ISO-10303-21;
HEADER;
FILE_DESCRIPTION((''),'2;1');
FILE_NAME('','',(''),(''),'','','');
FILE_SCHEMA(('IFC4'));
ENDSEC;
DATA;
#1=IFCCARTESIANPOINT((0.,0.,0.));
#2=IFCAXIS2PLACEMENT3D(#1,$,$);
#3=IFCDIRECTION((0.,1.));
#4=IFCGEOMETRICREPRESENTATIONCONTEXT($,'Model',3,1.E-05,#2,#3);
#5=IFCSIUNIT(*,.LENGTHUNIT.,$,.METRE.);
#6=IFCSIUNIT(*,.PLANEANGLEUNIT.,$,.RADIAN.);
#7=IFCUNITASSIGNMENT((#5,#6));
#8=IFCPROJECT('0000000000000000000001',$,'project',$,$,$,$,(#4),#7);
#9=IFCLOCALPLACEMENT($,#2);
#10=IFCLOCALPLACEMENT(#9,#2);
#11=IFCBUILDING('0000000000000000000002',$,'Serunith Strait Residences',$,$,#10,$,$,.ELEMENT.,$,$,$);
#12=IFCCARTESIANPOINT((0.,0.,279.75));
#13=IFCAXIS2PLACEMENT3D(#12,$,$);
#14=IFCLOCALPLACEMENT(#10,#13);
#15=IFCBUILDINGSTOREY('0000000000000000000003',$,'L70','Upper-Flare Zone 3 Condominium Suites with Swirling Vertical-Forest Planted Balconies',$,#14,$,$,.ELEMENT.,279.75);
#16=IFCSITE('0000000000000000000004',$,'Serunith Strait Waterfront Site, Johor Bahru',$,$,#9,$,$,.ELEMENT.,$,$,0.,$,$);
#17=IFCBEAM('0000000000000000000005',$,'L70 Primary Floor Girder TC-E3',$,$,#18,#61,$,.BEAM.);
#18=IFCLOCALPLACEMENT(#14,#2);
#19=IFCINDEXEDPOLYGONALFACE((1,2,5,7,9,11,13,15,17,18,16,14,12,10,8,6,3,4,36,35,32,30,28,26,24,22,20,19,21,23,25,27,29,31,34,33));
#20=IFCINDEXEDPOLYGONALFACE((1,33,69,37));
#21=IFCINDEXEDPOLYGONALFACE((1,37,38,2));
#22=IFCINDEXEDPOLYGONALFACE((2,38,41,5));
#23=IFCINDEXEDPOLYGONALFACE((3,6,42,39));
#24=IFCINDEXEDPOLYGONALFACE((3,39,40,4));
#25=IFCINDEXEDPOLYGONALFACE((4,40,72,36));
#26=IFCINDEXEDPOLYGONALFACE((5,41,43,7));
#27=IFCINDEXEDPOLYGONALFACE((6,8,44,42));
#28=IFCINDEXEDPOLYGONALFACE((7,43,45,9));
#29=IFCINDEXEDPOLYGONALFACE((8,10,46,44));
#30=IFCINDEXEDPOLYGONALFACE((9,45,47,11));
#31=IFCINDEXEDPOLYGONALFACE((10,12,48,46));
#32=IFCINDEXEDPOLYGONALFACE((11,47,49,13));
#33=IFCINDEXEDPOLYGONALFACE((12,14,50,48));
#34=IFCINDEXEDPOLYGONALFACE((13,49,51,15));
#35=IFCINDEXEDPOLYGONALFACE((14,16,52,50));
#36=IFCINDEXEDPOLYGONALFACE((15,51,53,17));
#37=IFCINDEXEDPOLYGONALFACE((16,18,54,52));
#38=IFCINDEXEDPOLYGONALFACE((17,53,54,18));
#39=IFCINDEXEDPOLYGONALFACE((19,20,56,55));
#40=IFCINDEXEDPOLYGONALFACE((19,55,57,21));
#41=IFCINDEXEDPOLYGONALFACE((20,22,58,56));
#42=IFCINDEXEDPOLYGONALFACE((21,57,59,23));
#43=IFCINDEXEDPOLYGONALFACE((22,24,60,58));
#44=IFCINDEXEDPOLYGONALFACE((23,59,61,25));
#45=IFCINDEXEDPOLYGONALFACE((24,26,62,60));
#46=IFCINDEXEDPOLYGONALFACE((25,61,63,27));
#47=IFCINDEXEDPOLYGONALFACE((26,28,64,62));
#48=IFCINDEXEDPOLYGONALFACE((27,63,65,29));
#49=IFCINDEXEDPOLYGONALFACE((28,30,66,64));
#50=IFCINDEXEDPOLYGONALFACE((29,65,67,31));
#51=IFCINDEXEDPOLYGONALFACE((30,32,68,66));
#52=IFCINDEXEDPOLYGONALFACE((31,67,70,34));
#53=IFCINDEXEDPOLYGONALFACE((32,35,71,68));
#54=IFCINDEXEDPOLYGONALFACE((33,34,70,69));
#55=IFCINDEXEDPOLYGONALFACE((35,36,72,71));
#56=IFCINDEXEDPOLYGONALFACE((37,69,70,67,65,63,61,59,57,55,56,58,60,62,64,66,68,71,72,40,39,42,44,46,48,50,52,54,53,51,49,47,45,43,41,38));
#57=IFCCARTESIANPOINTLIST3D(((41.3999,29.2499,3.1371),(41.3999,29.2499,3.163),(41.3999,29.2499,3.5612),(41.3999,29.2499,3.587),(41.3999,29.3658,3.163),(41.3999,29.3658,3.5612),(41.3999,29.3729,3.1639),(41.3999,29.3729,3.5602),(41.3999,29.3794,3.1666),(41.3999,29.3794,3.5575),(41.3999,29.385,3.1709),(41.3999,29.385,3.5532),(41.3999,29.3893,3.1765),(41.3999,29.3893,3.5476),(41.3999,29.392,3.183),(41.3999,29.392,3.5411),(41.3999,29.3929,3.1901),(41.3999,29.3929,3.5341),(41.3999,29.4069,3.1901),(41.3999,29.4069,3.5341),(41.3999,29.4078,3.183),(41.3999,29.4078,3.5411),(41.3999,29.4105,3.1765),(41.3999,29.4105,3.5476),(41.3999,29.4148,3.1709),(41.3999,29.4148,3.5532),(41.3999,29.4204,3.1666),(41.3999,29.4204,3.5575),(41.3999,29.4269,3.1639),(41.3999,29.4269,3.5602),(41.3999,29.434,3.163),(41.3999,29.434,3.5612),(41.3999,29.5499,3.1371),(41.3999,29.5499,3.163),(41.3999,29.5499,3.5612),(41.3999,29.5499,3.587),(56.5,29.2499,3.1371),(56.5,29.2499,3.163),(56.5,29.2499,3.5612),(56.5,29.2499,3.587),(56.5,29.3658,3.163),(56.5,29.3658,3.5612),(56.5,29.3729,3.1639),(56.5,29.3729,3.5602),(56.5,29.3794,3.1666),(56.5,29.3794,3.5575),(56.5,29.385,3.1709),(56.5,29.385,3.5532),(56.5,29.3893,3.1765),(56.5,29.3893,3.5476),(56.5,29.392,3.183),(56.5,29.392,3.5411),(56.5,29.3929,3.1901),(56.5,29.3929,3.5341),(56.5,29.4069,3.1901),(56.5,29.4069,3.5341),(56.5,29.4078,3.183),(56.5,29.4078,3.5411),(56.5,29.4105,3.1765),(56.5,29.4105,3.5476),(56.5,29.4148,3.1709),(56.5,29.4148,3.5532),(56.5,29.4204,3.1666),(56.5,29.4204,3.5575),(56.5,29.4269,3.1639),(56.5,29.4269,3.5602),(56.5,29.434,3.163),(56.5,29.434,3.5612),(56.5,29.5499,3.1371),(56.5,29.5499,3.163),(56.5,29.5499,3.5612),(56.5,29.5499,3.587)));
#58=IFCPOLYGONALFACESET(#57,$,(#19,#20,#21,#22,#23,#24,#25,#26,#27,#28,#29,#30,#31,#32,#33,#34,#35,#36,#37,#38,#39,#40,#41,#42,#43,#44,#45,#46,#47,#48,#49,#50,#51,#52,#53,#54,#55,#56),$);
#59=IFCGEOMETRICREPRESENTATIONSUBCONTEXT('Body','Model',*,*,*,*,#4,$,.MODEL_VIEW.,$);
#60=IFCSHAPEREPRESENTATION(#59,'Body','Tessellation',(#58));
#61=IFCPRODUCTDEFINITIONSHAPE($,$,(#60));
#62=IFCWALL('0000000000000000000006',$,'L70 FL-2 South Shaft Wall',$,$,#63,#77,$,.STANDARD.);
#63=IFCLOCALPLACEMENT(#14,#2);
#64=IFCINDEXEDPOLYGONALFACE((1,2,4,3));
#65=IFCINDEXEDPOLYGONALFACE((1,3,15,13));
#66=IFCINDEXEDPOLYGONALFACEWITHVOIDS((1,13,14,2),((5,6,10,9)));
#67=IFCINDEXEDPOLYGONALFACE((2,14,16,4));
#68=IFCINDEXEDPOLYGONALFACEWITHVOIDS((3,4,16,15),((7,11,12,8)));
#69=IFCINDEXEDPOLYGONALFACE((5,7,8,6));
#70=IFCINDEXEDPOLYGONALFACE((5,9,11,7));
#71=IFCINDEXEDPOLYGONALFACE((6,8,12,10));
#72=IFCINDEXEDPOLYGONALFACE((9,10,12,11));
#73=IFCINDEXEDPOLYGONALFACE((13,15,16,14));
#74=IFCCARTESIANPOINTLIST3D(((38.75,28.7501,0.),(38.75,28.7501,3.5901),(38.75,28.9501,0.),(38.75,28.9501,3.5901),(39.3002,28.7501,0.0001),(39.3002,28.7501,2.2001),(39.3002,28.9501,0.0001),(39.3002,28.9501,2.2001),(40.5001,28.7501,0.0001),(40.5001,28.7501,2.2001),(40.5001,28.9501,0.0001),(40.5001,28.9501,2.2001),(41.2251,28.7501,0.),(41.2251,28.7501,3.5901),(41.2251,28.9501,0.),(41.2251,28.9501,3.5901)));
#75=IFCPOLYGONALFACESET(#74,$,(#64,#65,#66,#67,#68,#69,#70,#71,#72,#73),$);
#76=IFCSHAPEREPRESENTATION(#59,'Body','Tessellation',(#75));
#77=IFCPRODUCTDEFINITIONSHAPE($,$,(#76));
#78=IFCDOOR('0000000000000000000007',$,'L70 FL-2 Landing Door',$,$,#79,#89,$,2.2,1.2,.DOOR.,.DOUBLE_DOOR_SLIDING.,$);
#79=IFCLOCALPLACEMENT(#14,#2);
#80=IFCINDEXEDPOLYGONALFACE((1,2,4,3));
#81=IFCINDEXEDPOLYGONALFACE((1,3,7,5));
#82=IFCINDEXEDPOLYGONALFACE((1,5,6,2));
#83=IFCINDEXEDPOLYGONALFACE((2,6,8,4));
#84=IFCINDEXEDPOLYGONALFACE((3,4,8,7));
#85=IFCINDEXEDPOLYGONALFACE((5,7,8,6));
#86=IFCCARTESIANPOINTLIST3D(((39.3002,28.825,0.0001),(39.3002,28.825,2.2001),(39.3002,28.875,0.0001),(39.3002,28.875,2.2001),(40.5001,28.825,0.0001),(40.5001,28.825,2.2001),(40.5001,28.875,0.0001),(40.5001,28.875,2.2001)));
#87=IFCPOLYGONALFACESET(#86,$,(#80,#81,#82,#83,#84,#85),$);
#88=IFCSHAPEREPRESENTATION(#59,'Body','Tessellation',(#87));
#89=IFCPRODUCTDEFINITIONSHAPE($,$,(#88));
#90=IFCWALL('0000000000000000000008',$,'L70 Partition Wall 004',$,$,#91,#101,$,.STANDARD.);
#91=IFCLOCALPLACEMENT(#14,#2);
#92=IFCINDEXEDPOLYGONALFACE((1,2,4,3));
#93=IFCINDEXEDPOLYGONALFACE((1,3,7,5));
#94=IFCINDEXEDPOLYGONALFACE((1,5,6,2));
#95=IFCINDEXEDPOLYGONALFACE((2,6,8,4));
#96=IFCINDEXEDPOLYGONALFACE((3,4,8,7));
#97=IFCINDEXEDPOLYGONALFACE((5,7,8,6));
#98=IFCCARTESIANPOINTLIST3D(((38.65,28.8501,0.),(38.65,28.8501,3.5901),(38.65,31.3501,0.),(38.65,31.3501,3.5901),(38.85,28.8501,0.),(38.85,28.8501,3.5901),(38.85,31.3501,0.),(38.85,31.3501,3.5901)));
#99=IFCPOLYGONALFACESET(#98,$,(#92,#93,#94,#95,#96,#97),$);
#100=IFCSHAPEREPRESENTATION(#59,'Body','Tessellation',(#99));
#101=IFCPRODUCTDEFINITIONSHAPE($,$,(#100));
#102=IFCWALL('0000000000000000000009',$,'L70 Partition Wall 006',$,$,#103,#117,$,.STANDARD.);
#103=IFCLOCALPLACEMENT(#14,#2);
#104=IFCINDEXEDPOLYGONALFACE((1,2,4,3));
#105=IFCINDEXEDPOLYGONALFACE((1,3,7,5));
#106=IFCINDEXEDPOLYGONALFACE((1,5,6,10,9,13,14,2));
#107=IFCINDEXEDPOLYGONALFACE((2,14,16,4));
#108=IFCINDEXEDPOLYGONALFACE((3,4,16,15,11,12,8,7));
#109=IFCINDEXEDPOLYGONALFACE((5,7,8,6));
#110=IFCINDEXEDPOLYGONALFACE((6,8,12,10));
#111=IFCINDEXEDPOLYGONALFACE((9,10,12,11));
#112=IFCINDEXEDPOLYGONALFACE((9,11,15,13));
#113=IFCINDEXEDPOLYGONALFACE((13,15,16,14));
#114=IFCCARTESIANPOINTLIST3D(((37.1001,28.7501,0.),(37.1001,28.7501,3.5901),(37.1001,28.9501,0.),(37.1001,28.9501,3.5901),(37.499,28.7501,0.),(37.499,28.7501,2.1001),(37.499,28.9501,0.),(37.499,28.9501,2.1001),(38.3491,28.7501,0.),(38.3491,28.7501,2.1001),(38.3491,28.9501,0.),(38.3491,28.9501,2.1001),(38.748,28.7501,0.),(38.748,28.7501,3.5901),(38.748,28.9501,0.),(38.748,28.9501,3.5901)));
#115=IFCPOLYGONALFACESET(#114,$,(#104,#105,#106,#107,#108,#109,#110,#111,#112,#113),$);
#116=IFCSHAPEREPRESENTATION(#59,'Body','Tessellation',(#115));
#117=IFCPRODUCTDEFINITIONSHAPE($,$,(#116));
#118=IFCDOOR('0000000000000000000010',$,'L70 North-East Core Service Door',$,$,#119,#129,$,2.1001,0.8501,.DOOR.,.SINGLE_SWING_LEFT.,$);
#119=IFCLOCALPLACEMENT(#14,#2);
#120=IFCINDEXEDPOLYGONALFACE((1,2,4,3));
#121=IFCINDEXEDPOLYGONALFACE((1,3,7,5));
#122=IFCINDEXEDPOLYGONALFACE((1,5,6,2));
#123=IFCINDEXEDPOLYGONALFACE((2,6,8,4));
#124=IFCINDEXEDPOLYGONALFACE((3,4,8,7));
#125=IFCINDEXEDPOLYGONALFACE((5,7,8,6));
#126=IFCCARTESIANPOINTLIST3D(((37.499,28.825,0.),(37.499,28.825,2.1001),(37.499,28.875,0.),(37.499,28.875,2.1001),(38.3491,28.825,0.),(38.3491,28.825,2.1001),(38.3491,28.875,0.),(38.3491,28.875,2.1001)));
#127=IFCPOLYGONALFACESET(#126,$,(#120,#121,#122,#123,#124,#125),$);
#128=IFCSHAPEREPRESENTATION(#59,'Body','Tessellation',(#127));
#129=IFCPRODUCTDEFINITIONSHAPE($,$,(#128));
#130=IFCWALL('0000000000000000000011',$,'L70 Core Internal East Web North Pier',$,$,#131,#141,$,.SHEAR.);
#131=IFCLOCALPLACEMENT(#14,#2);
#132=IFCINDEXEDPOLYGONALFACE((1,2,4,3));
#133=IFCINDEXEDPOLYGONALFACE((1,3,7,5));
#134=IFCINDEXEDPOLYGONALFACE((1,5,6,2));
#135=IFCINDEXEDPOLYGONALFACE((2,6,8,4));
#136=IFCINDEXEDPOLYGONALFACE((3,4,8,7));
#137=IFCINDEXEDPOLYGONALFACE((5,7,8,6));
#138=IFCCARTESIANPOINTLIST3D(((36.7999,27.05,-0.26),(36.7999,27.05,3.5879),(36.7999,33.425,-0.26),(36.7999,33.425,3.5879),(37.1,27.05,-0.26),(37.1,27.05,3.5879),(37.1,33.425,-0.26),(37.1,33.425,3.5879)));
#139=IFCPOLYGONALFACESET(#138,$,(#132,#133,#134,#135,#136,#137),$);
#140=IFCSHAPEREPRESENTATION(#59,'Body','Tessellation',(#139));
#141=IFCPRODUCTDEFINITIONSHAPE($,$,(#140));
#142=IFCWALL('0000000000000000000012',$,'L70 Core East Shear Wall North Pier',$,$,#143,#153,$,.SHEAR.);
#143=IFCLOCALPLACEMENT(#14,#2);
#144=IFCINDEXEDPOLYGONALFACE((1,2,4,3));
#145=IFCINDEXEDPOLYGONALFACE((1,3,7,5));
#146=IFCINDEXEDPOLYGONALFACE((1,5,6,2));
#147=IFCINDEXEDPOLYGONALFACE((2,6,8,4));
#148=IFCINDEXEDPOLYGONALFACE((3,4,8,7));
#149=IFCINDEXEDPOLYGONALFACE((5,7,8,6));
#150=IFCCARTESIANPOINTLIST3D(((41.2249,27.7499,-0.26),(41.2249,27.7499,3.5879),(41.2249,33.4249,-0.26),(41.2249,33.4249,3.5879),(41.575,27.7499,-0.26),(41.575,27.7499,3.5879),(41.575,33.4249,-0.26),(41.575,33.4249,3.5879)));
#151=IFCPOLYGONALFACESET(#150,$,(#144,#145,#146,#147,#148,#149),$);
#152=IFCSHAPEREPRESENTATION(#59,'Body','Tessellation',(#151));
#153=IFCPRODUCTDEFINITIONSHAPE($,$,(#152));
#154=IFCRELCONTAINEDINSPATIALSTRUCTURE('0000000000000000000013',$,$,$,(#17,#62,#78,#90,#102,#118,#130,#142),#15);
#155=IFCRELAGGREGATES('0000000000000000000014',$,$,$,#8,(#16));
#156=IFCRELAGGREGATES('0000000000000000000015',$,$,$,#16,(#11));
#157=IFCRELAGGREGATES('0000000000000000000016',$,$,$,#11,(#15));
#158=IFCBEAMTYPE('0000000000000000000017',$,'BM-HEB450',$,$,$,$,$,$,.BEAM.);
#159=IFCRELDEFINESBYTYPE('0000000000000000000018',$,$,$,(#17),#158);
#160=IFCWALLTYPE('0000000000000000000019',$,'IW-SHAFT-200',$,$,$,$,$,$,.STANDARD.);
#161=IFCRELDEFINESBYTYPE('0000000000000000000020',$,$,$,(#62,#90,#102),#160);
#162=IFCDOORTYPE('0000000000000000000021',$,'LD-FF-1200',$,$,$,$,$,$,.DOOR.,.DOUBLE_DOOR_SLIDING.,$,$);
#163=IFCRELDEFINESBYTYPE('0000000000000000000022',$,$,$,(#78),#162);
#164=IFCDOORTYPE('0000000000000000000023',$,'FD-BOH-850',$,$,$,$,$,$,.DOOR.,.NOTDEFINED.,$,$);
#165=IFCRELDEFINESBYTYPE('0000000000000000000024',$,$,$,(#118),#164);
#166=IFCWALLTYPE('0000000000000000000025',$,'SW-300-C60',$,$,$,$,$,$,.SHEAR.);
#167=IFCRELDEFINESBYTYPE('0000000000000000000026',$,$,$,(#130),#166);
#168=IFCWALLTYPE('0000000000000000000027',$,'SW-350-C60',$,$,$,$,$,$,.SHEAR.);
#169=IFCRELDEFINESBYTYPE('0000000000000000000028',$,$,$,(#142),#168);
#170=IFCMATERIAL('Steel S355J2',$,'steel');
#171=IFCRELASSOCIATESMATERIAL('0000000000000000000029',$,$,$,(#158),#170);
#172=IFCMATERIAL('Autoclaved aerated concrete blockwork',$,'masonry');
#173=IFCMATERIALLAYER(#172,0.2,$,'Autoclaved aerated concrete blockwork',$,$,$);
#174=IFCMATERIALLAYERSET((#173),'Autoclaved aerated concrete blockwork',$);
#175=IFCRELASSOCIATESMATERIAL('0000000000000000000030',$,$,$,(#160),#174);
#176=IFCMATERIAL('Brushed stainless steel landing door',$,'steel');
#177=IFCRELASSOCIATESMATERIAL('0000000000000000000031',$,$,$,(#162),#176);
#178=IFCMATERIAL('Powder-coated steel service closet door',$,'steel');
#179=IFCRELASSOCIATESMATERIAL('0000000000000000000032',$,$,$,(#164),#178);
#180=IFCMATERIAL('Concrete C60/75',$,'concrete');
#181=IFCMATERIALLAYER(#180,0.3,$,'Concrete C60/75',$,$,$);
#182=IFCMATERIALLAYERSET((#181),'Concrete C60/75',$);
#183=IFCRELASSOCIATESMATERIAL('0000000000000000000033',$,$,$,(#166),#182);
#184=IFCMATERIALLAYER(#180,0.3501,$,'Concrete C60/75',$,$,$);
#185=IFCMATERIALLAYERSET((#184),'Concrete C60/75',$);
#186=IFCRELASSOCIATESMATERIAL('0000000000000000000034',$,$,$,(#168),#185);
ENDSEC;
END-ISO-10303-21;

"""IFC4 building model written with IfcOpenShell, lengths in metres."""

from ifc_helpers import new_model, si_unit, direction, frame, frame_2d, origin, origin_2d, place, context, subcontext, project, spatial, rectangle, i_section, extrude, source, transform, mapped, material, layer, layer_set, material_profile, profile_set, type_object, element, fill, save


model = new_model("IFC4")

# Units and contexts
model_context = context("Model", 3, precision=1e-05, world=origin(), true_north=direction((0.0, 1.0)))
body_context = subcontext(model_context, "Body", "Model", "MODEL_VIEW")
ifc_project = project(units=[si_unit("LENGTHUNIT", "METRE"), si_unit("PLANEANGLEUNIT", "RADIAN")], contexts=[model_context])

# Site, building, storey
site_placement = place(None, origin())
site = spatial("IfcSite", under=ifc_project, at=site_placement, Name="Serunith Strait Waterfront Site, Johor Bahru", CompositionType="ELEMENT", RefElevation=0.0)
building_placement = place(site_placement, origin())
building = spatial("IfcBuilding", under=site, at=building_placement, Name="Serunith Strait Residences", CompositionType="ELEMENT")
storey_placement = place(building_placement, frame((0.0, 0.0, 279.75)))
storey = spatial("IfcBuildingStorey", under=building, at=storey_placement, Name="L70", Description="Upper-Flare Zone 3 Condominium Suites with Swirling Vertical-Forest Planted Balconies", CompositionType="ELEMENT", Elevation=279.75)

# Beam
ifc_material_1 = material(Name="Steel S355J2", Category="steel")
ifc_material_profile = material_profile(ifc_material_1, i_section(OverallWidth=0.3, OverallDepth=0.45, WebThickness=0.0139, FlangeThickness=0.0259, FilletRadius=0.0271, at=origin_2d()), Name="HEB 450")
ifc_profile_set = profile_set([ifc_material_profile], Name="Steel S355J2")
beam_type = type_object("IfcBeamType", Name="BM-HEB450", PredefinedType="BEAM", material=ifc_profile_set)
shared_shape_1 = source(origin(), body_context, "Body", "SweptSolid", [
    extrude(i_section(OverallWidth=0.3, OverallDepth=0.45, WebThickness=0.0139, FlangeThickness=0.0259, FilletRadius=0.0271, at=origin_2d()), origin(), (0.0, 0.0, 1.0), 15.1001),
])
beam_placement = place(storey_placement, frame((41.3999, 29.3999, 3.3621), z_axis=(1.0, 0.0, 0.0), x_axis=(0.0, 1.0, 0.0)))
element("IfcBeam", 1, at=beam_placement, inside=storey, type_object=beam_type, Name="L70 Primary Floor Girder TC-E3", PredefinedType="BEAM", context=body_context, shape_type="MappedRepresentation", body=[
    mapped(shared_shape_1, transform((0.0, 0.0, 0.0), scale=1.0)),
])

# Wall, opening, door
ifc_material_2 = material(Name="Autoclaved aerated concrete blockwork", Category="masonry")
ifc_layer_1 = layer(ifc_material_2, 0.2, Name="Autoclaved aerated concrete blockwork")
ifc_layer_set_1 = layer_set([ifc_layer_1], Name="Autoclaved aerated concrete blockwork")
wall_type_1 = type_object("IfcWallType", Name="IW-SHAFT-200", PredefinedType="STANDARD", material=ifc_layer_set_1)
wall_1_placement = place(storey_placement, frame((38.75, 28.8501, 0.0), z_axis=(0.0, 0.0, 1.0), x_axis=(1.0, 0.0, 0.0)))
wall_1 = element("IfcWall", 2, at=wall_1_placement, inside=storey, type_object=wall_type_1, Name="L70 FL-2 South Shaft Wall", PredefinedType="STANDARD", context=body_context, shape_type="SweptSolid", body=[
    extrude(rectangle(XDim=2.4751, YDim=0.2, at=frame_2d((1.2375, 0.0))), origin(), (0.0, 0.0, 1.0), 3.5901),
])
opening_1_placement = place(wall_1_placement, frame((0.55, 0.0, 0.0)))
opening_1 = element("IfcOpeningElement", 3, at=opening_1_placement, cuts=wall_1, PredefinedType="OPENING", context=body_context, shape_type="SweptSolid", body=[
    extrude(rectangle(XDim=1.2, YDim=2.2, at=frame_2d((0.6001, 1.1001))), frame((0.0, 0.1099, 0.0), z_axis=(0.0, -1.0, 0.0), x_axis=(1.0, 0.0, 0.0)), (0.0, 0.0, 1.0), 0.22),
])
ifc_material_3 = material(Name="Brushed stainless steel landing door", Category="steel")
door_type_1 = type_object("IfcDoorType", Name="LD-FF-1200", OperationType="DOUBLE_DOOR_SLIDING", PredefinedType="DOOR", material=ifc_material_3)
shared_shape_2 = source(origin(), body_context, "Body", "SweptSolid", [
    extrude(rectangle(XDim=1.2, YDim=2.2, at=frame_2d((0.6001, 1.1001))), frame((0.0, 0.0249, 0.0), z_axis=(0.0, -1.0, 0.0), x_axis=(1.0, 0.0, 0.0)), (0.0, 0.0, 1.0), 0.05),
])
door_1_placement = place(opening_1_placement, origin())
door_1 = element("IfcDoor", 4, at=door_1_placement, inside=storey, type_object=door_type_1, Name="L70 FL-2 Landing Door", OperationType="DOUBLE_DOOR_SLIDING", OverallHeight=2.2, OverallWidth=1.2, PredefinedType="DOOR", context=body_context, shape_type="MappedRepresentation", body=[
    mapped(shared_shape_2, transform((0.0, 0.0, 0.0), scale=1.0)),
])
fill(opening_1, door_1)

# Wall
wall_2_placement = place(storey_placement, frame((38.75, 28.8501, 0.0), z_axis=(0.0, 0.0, 1.0), x_axis=(0.0, 1.0, 0.0)))
element("IfcWall", 5, at=wall_2_placement, inside=storey, type_object=wall_type_1, Name="L70 Partition Wall 004", PredefinedType="STANDARD", context=body_context, shape_type="SweptSolid", body=[
    extrude(rectangle(XDim=2.5, YDim=0.2, at=frame_2d((1.25, 0.0))), origin(), (0.0, 0.0, 1.0), 3.5901),
])

# Wall, opening, door
wall_3_placement = place(storey_placement, frame((37.1001, 28.8501, 0.0), z_axis=(0.0, 0.0, 1.0), x_axis=(1.0, 0.0, 0.0)))
wall_3 = element("IfcWall", 6, at=wall_3_placement, inside=storey, type_object=wall_type_1, Name="L70 Partition Wall 006", PredefinedType="STANDARD", context=body_context, shape_type="SweptSolid", body=[
    extrude(rectangle(XDim=1.6479, YDim=0.2, at=frame_2d((0.824, 0.0))), origin(), (0.0, 0.0, 1.0), 3.5901),
])
opening_2_placement = place(wall_3_placement, frame((0.3989, 0.0, 0.0)))
opening_2 = element("IfcOpeningElement", 7, at=opening_2_placement, cuts=wall_3, PredefinedType="OPENING", context=body_context, shape_type="SweptSolid", body=[
    extrude(rectangle(XDim=0.8501, YDim=2.1001, at=frame_2d((0.425, 1.05))), frame((0.0, 0.1099, 0.0), z_axis=(0.0, -1.0, 0.0), x_axis=(1.0, 0.0, 0.0)), (0.0, 0.0, 1.0), 0.22),
])
ifc_material_4 = material(Name="Powder-coated steel service closet door", Category="steel")
door_type_2 = type_object("IfcDoorType", Name="FD-BOH-850", OperationType="NOTDEFINED", PredefinedType="DOOR", material=ifc_material_4)
shared_shape_3 = source(origin(), body_context, "Body", "SweptSolid", [
    extrude(rectangle(XDim=0.8501, YDim=2.1001, at=frame_2d((0.425, 1.05))), frame((0.0, 0.0249, 0.0), z_axis=(0.0, -1.0, 0.0), x_axis=(1.0, 0.0, 0.0)), (0.0, 0.0, 1.0), 0.05),
])
door_2_placement = place(opening_2_placement, origin())
door_2 = element("IfcDoor", 8, at=door_2_placement, inside=storey, type_object=door_type_2, Name="L70 North-East Core Service Door", OperationType="SINGLE_SWING_LEFT", OverallHeight=2.1001, OverallWidth=0.8501, PredefinedType="DOOR", context=body_context, shape_type="MappedRepresentation", body=[
    mapped(shared_shape_3, transform((0.0, 0.0, 0.0), scale=1.0)),
])
fill(opening_2, door_2)

# Walls
ifc_material_5 = material(Name="Concrete C60/75", Category="concrete")
ifc_layer_2 = layer(ifc_material_5, 0.3, Name="Concrete C60/75")
ifc_layer_set_2 = layer_set([ifc_layer_2], Name="Concrete C60/75")
wall_type_2 = type_object("IfcWallType", Name="SW-300-C60", PredefinedType="SHEAR", material=ifc_layer_set_2)
wall_4_placement = place(storey_placement, frame((36.95, 27.05, -0.26), z_axis=(0.0, 0.0, 1.0), x_axis=(0.0, 1.0, 0.0)))
element("IfcWall", 9, at=wall_4_placement, inside=storey, type_object=wall_type_2, Name="L70 Core Internal East Web North Pier", PredefinedType="SHEAR", context=body_context, shape_type="SweptSolid", body=[
    extrude(rectangle(XDim=6.375, YDim=0.3, at=frame_2d((3.1875, 0.0))), origin(), (0.0, 0.0, 1.0), 3.8479),
])
ifc_layer_3 = layer(ifc_material_5, 0.3501, Name="Concrete C60/75")
ifc_layer_set_3 = layer_set([ifc_layer_3], Name="Concrete C60/75")
wall_type_3 = type_object("IfcWallType", Name="SW-350-C60", PredefinedType="SHEAR", material=ifc_layer_set_3)
wall_5_placement = place(storey_placement, frame((41.3999, 27.75, -0.26), z_axis=(0.0, 0.0, 1.0), x_axis=(0.0, 1.0, 0.0)))
element("IfcWall", 10, at=wall_5_placement, inside=storey, type_object=wall_type_3, Name="L70 Core East Shear Wall North Pier", PredefinedType="SHEAR", context=body_context, shape_type="SweptSolid", body=[
    extrude(rectangle(XDim=5.675, YDim=0.3501, at=frame_2d((2.8374, 0.0))), origin(), (0.0, 0.0, 1.0), 3.8479),
])

save(model, "model.ifc")
